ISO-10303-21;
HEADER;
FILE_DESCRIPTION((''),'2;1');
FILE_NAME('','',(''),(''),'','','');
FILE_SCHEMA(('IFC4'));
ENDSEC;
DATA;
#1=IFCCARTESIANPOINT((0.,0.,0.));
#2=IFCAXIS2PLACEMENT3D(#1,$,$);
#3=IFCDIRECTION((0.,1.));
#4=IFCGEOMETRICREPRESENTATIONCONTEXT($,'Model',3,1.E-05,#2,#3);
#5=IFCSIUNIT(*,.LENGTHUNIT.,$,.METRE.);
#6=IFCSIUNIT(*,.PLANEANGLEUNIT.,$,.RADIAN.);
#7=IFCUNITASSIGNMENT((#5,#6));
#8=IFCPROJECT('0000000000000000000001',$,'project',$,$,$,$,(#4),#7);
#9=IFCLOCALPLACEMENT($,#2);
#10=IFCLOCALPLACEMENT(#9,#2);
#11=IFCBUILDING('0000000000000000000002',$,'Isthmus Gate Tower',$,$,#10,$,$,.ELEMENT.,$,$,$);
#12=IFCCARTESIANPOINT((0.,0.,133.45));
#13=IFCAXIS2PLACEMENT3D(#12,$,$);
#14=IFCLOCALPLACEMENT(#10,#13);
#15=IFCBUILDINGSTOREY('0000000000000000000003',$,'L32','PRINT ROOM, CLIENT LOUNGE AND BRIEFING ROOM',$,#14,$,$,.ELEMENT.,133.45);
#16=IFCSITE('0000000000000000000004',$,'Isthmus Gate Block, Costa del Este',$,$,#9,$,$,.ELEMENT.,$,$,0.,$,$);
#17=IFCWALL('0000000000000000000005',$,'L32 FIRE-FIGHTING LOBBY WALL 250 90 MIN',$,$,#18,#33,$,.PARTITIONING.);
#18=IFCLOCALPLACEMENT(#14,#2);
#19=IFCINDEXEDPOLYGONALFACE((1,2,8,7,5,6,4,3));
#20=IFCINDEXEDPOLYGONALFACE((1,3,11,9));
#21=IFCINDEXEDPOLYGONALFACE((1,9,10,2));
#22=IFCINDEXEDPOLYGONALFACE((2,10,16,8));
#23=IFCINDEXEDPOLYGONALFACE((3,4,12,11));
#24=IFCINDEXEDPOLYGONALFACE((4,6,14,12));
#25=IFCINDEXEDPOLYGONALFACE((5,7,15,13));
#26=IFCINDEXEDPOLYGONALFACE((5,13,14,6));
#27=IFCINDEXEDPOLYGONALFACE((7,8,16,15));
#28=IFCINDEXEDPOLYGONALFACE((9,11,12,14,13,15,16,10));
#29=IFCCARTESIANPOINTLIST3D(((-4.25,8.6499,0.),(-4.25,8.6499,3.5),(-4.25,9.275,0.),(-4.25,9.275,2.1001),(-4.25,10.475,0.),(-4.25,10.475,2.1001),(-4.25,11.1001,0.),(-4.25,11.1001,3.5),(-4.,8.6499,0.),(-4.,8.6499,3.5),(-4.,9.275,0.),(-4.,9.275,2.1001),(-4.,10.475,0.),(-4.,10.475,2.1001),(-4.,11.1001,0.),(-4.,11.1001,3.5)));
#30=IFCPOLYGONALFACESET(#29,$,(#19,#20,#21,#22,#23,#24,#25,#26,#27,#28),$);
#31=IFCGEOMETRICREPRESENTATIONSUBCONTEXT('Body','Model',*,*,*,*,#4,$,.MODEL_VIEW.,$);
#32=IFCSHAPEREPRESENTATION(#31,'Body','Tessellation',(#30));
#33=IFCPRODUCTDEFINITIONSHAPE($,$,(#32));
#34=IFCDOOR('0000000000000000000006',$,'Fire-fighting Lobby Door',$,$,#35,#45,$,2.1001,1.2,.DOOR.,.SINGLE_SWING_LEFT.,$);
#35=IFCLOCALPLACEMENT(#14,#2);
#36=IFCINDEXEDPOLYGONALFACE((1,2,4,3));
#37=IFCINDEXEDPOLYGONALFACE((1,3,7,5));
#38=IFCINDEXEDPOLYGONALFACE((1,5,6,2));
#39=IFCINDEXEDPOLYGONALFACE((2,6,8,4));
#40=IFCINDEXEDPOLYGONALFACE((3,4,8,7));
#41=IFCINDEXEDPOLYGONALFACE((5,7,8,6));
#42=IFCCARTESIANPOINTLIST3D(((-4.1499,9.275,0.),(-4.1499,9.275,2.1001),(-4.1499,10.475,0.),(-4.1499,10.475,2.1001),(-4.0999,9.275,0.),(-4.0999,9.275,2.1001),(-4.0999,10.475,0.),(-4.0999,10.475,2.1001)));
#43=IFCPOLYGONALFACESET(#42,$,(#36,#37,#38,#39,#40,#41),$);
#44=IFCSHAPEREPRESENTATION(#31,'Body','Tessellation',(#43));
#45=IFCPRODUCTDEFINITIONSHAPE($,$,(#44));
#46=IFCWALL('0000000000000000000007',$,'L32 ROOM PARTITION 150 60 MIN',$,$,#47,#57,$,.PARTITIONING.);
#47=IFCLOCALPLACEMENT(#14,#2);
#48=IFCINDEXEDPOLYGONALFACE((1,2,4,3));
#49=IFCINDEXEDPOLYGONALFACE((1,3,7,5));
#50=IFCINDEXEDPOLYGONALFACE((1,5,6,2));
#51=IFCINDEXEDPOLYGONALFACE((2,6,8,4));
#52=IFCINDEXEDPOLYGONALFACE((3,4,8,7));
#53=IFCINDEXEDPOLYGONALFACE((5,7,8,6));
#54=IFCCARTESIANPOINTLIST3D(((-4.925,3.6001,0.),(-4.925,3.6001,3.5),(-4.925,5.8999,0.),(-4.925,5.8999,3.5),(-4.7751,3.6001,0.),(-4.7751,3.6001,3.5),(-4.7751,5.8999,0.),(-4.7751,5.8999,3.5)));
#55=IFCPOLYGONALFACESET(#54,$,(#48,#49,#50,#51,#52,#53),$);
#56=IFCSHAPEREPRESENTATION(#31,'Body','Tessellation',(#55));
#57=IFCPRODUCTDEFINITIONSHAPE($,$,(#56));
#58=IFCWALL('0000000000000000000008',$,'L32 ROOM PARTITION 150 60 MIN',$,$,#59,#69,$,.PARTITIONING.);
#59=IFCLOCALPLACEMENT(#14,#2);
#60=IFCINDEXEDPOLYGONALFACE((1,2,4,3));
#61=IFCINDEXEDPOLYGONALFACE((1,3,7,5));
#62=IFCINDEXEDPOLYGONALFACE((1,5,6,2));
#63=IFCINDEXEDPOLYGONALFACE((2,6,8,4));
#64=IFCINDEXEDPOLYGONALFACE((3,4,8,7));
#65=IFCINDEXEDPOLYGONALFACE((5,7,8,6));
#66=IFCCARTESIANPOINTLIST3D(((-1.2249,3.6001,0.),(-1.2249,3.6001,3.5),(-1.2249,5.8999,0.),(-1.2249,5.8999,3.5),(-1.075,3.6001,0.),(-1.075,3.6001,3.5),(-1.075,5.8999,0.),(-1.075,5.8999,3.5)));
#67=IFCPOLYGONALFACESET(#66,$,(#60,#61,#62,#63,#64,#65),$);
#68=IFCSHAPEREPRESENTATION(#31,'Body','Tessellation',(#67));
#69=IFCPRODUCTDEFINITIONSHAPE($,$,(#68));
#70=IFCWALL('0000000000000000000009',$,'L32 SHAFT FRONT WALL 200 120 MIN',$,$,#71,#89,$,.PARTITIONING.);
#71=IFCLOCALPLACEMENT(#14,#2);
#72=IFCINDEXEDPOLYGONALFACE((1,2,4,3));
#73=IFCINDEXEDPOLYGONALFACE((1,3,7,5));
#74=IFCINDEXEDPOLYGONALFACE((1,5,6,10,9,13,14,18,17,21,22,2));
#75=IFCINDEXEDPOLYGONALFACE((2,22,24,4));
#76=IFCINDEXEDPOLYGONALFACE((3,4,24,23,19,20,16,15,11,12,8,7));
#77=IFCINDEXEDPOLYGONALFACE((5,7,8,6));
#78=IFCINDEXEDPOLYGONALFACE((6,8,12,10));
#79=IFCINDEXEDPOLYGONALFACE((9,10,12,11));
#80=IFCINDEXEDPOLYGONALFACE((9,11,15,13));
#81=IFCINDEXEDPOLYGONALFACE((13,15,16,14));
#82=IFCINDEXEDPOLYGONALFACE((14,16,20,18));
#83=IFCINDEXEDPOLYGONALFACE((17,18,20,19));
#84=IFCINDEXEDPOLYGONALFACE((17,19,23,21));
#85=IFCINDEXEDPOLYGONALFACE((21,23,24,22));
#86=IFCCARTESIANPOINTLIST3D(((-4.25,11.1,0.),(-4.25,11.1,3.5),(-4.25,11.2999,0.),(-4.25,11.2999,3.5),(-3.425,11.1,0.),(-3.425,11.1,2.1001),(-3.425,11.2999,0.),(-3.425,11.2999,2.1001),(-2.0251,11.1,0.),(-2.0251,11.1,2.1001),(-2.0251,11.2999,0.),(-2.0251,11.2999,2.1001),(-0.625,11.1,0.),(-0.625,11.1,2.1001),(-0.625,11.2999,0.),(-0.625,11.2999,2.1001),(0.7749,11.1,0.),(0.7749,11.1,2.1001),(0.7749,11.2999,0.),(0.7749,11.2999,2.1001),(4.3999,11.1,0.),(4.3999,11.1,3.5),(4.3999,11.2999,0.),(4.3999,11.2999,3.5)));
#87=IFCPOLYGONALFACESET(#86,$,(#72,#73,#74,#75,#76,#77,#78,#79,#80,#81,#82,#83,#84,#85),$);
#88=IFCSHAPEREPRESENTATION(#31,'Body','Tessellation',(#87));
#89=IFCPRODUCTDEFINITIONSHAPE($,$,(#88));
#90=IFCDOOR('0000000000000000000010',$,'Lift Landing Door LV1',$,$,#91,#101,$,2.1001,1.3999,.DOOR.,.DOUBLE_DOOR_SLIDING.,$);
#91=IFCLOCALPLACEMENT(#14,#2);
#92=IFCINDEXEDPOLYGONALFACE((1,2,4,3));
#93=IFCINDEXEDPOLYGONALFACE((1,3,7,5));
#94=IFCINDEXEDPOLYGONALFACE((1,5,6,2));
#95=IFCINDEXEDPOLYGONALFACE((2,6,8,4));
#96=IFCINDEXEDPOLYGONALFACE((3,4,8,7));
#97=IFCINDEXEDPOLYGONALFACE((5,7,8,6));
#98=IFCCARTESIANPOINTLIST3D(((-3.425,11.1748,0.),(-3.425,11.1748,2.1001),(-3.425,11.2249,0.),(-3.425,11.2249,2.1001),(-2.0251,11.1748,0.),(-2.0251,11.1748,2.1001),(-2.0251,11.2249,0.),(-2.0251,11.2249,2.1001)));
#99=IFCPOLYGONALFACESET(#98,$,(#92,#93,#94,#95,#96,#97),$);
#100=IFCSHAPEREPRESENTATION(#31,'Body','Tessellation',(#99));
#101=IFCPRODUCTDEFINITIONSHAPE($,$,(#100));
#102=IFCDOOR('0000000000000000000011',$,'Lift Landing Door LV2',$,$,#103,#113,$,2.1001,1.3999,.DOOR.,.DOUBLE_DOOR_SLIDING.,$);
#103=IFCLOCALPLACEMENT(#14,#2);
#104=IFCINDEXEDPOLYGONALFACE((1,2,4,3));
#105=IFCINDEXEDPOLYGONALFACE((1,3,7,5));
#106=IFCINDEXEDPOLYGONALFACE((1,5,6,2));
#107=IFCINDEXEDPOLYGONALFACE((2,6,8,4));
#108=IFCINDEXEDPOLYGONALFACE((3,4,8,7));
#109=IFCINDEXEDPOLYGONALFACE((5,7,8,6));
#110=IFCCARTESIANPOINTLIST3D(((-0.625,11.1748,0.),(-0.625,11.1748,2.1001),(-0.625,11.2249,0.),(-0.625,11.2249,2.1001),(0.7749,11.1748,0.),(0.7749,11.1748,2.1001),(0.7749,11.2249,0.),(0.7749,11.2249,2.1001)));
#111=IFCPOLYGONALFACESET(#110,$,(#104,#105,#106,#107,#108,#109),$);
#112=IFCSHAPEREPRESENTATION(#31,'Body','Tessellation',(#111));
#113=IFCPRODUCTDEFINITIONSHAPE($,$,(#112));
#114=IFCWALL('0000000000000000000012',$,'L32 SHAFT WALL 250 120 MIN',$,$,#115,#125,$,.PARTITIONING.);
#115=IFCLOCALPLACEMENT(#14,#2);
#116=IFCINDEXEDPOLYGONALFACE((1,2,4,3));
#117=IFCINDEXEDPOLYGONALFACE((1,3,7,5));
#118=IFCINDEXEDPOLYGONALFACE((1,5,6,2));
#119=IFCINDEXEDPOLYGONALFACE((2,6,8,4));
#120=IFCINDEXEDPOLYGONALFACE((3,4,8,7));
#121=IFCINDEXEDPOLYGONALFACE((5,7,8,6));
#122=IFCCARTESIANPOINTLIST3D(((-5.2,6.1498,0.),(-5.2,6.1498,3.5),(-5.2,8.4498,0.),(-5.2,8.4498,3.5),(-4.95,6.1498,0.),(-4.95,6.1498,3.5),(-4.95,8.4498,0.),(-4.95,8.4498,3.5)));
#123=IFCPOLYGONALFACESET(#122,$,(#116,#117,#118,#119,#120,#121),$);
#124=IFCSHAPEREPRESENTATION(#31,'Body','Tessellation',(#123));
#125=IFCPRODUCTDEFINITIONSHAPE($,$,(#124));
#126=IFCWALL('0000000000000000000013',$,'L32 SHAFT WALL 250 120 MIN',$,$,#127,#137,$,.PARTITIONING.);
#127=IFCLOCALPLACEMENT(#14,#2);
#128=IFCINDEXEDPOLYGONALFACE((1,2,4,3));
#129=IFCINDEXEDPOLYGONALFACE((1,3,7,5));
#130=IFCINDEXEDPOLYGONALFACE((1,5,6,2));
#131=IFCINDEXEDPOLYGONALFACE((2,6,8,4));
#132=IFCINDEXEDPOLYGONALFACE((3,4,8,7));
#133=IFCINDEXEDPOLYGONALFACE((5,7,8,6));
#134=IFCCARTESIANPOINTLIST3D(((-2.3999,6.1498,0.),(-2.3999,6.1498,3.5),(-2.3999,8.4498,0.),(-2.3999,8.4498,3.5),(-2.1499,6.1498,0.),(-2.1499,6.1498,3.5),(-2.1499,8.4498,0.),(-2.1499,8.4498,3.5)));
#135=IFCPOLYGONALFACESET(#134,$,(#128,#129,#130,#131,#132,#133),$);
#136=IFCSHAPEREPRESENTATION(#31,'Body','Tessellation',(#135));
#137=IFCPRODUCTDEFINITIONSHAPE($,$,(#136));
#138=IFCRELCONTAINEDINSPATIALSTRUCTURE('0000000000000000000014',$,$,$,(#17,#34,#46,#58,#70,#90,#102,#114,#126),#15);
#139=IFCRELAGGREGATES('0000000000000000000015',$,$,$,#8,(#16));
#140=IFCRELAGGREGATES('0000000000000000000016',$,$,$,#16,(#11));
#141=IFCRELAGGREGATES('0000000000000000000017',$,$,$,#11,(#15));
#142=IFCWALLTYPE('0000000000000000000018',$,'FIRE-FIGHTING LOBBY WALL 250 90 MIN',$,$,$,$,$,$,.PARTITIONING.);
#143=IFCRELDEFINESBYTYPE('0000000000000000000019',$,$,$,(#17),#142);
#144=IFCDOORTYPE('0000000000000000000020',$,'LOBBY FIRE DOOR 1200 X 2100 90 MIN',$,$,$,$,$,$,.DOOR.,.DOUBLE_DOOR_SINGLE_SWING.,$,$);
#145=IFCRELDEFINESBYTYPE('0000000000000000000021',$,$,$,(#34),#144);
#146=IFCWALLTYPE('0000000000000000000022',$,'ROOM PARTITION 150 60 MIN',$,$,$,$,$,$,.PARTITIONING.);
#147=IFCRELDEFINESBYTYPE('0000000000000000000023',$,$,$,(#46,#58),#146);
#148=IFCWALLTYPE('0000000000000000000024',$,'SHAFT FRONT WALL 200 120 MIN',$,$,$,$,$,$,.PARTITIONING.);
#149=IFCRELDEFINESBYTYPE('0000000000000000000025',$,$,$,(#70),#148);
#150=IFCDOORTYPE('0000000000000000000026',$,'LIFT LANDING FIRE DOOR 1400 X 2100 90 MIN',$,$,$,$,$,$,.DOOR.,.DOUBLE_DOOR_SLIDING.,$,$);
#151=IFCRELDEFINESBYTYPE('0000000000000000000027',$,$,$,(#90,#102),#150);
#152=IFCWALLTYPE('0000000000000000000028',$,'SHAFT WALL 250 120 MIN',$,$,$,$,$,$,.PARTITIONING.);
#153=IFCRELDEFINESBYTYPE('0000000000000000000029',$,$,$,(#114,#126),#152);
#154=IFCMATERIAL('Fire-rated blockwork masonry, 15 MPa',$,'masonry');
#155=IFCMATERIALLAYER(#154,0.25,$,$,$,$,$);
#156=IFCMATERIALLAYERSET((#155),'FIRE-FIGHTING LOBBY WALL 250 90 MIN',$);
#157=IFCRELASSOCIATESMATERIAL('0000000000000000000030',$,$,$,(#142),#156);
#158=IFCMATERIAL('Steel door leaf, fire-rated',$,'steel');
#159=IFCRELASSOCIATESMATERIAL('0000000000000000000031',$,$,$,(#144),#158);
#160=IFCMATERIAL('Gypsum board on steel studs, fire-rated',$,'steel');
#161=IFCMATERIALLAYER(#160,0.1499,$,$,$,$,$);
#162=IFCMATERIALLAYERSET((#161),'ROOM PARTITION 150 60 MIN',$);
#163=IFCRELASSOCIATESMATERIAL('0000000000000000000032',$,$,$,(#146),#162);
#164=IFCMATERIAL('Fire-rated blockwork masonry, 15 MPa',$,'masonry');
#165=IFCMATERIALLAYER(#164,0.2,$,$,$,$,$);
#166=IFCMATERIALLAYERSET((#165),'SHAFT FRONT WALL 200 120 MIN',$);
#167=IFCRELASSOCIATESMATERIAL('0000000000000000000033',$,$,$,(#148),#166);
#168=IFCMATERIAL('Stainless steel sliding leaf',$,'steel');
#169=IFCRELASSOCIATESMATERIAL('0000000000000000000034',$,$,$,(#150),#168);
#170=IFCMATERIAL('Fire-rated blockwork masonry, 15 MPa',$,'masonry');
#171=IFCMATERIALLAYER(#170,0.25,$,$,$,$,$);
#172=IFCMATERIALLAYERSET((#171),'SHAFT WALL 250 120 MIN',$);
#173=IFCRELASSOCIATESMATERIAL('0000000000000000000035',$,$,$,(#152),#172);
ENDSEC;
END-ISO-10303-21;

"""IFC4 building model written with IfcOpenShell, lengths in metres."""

from ifc_helpers import new_model, si_unit, direction, frame, frame_2d, origin, place, context, subcontext, project, spatial, rectangle, extrude, material, layer, layer_set, type_object, element, fill, save


model = new_model("IFC4")

# Units and contexts
model_context = context("Model", 3, precision=1e-05, world=origin(), true_north=direction((0.0, 1.0)))
body_context = subcontext(model_context, "Body", "Model", "MODEL_VIEW")
ifc_project = project(units=[si_unit("LENGTHUNIT", "METRE"), si_unit("PLANEANGLEUNIT", "RADIAN")], contexts=[model_context])

# Site, building, storey
site_placement = place(None, origin())
site = spatial("IfcSite", under=ifc_project, at=site_placement, Name="Isthmus Gate Block, Costa del Este", CompositionType="ELEMENT", RefElevation=0.0)
building_placement = place(site_placement, origin())
building = spatial("IfcBuilding", under=site, at=building_placement, Name="Isthmus Gate Tower", CompositionType="ELEMENT")
storey_placement = place(building_placement, frame((0.0, 0.0, 133.45)))
storey = spatial("IfcBuildingStorey", under=building, at=storey_placement, Name="L32", Description="PRINT ROOM, CLIENT LOUNGE AND BRIEFING ROOM", CompositionType="ELEMENT", Elevation=133.45)

# Wall, opening, door
ifc_material_1 = material(Name="Fire-rated blockwork masonry, 15 MPa", Category="masonry")
ifc_layer_1 = layer(ifc_material_1, 0.25)
ifc_layer_set_1 = layer_set([ifc_layer_1], Name="FIRE-FIGHTING LOBBY WALL 250 90 MIN")
wall_type_1 = type_object("IfcWallType", Name="FIRE-FIGHTING LOBBY WALL 250 90 MIN", PredefinedType="PARTITIONING", material=ifc_layer_set_1)
wall_1_placement = place(storey_placement, frame((-4.125, 8.6499, 0.0), z_axis=(0.0, 0.0, 1.0), x_axis=(0.0, 1.0, 0.0)))
wall_1 = element("IfcWall", 1, at=wall_1_placement, inside=storey, type_object=wall_type_1, Name="L32 FIRE-FIGHTING LOBBY WALL 250 90 MIN", PredefinedType="PARTITIONING", context=body_context, shape_type="SweptSolid", body=[
    extrude(rectangle(XDim=2.4502, YDim=0.25, at=frame_2d((1.2251, 0.0))), origin(), (0.0, 0.0, 1.0), 3.5),
])
opening_1_placement = place(wall_1_placement, frame((0.625, 0.0, 0.0)))
opening_1 = element("IfcOpeningElement", 2, at=opening_1_placement, cuts=wall_1, PredefinedType="OPENING", context=body_context, shape_type="SweptSolid", body=[
    extrude(rectangle(XDim=1.2, YDim=2.1001, at=frame_2d((0.6001, 1.05))), frame((0.0, 0.135, 0.0), z_axis=(0.0, -1.0, 0.0), x_axis=(1.0, 0.0, 0.0)), (0.0, 0.0, 1.0), 0.27),
])
ifc_material_2 = material(Name="Steel door leaf, fire-rated", Category="steel")
door_type_1 = type_object("IfcDoorType", Name="LOBBY FIRE DOOR 1200 X 2100 90 MIN", OperationType="DOUBLE_DOOR_SINGLE_SWING", PredefinedType="DOOR", material=ifc_material_2)
door_1_placement = place(opening_1_placement, origin())
door_1 = element("IfcDoor", 3, at=door_1_placement, inside=storey, type_object=door_type_1, Name="Fire-fighting Lobby Door", OperationType="SINGLE_SWING_LEFT", OverallHeight=2.1001, OverallWidth=1.2, PredefinedType="DOOR", context=body_context, shape_type="SweptSolid", body=[
    extrude(rectangle(XDim=1.2, YDim=2.1001, at=frame_2d((0.6001, 1.05))), frame((0.0, 0.0249, 0.0), z_axis=(0.0, -1.0, 0.0), x_axis=(1.0, 0.0, 0.0)), (0.0, 0.0, 1.0), 0.05),
])
fill(opening_1, door_1)

# Walls
ifc_material_3 = material(Name="Gypsum board on steel studs, fire-rated", Category="steel")
ifc_layer_2 = layer(ifc_material_3, 0.1499)
ifc_layer_set_2 = layer_set([ifc_layer_2], Name="ROOM PARTITION 150 60 MIN")
wall_type_2 = type_object("IfcWallType", Name="ROOM PARTITION 150 60 MIN", PredefinedType="PARTITIONING", material=ifc_layer_set_2)
for number, where, z_axis, x_axis, name in (
    (4, (-4.8501, 3.6001, 0.0), (0.0, 0.0, 1.0), (0.0, 1.0, 0.0), "L32 ROOM PARTITION 150 60 MIN"),
    (5, (-1.1499, 3.6001, 0.0), (0.0, 0.0, 1.0), (0.0, 1.0, 0.0), "L32 ROOM PARTITION 150 60 MIN"),
):
    element("IfcWall", number, at=place(storey_placement, frame(where, z_axis=z_axis, x_axis=x_axis)), inside=storey, type_object=wall_type_2, Name=name, PredefinedType="PARTITIONING", context=body_context, shape_type="SweptSolid", body=[
        extrude(rectangle(XDim=2.2998, YDim=0.1499, at=frame_2d((1.1499, 0.0))), origin(), (0.0, 0.0, 1.0), 3.5),
    ])

# Wall, openings, doors
ifc_material_4 = material(Name="Fire-rated blockwork masonry, 15 MPa", Category="masonry")
ifc_layer_3 = layer(ifc_material_4, 0.2)
ifc_layer_set_3 = layer_set([ifc_layer_3], Name="SHAFT FRONT WALL 200 120 MIN")
wall_type_3 = type_object("IfcWallType", Name="SHAFT FRONT WALL 200 120 MIN", PredefinedType="PARTITIONING", material=ifc_layer_set_3)
wall_2_placement = place(storey_placement, frame((-4.25, 11.2, 0.0), z_axis=(0.0, 0.0, 1.0), x_axis=(1.0, 0.0, 0.0)))
wall_2 = element("IfcWall", 6, at=wall_2_placement, inside=storey, type_object=wall_type_3, Name="L32 SHAFT FRONT WALL 200 120 MIN", PredefinedType="PARTITIONING", context=body_context, shape_type="SweptSolid", body=[
    extrude(rectangle(XDim=8.6499, YDim=0.2, at=frame_2d((4.325, 0.0))), origin(), (0.0, 0.0, 1.0), 3.5),
])
opening_2_placement = place(wall_2_placement, frame((0.825, 0.0, 0.0)))
opening_2 = element("IfcOpeningElement", 7, at=opening_2_placement, cuts=wall_2, PredefinedType="OPENING", context=body_context, shape_type="SweptSolid", body=[
    extrude(rectangle(XDim=1.3999, YDim=2.1001, at=frame_2d((0.7, 1.05))), frame((0.0, 0.1099, 0.0), z_axis=(0.0, -1.0, 0.0), x_axis=(1.0, 0.0, 0.0)), (0.0, 0.0, 1.0), 0.22),
])
opening_3_placement = place(wall_2_placement, frame((3.625, 0.0, 0.0)))
opening_3 = element("IfcOpeningElement", 8, at=opening_3_placement, cuts=wall_2, PredefinedType="OPENING", context=body_context, shape_type="SweptSolid", body=[
    extrude(rectangle(XDim=1.3999, YDim=2.1001, at=frame_2d((0.7, 1.05))), frame((0.0, 0.1099, 0.0), z_axis=(0.0, -1.0, 0.0), x_axis=(1.0, 0.0, 0.0)), (0.0, 0.0, 1.0), 0.22),
])
ifc_material_5 = material(Name="Stainless steel sliding leaf", Category="steel")
door_type_2 = type_object("IfcDoorType", Name="LIFT LANDING FIRE DOOR 1400 X 2100 90 MIN", OperationType="DOUBLE_DOOR_SLIDING", PredefinedType="DOOR", material=ifc_material_5)
door_2_placement = place(opening_2_placement, origin())
door_2 = element("IfcDoor", 9, at=door_2_placement, inside=storey, type_object=door_type_2, Name="Lift Landing Door LV1", OperationType="DOUBLE_DOOR_SLIDING", OverallHeight=2.1001, OverallWidth=1.3999, PredefinedType="DOOR", context=body_context, shape_type="SweptSolid", body=[
    extrude(rectangle(XDim=1.3999, YDim=2.1001, at=frame_2d((0.7, 1.05))), frame((0.0, 0.0249, 0.0), z_axis=(0.0, -1.0, 0.0), x_axis=(1.0, 0.0, 0.0)), (0.0, 0.0, 1.0), 0.05),
])
fill(opening_2, door_2)
door_3_placement = place(opening_3_placement, origin())
door_3 = element("IfcDoor", 10, at=door_3_placement, inside=storey, type_object=door_type_2, Name="Lift Landing Door LV2", OperationType="DOUBLE_DOOR_SLIDING", OverallHeight=2.1001, OverallWidth=1.3999, PredefinedType="DOOR", context=body_context, shape_type="SweptSolid", body=[
    extrude(rectangle(XDim=1.3999, YDim=2.1001, at=frame_2d((0.7, 1.05))), frame((0.0, 0.0249, 0.0), z_axis=(0.0, -1.0, 0.0), x_axis=(1.0, 0.0, 0.0)), (0.0, 0.0, 1.0), 0.05),
])
fill(opening_3, door_3)

# Walls
ifc_material_6 = material(Name="Fire-rated blockwork masonry, 15 MPa", Category="masonry")
ifc_layer_4 = layer(ifc_material_6, 0.25)
ifc_layer_set_4 = layer_set([ifc_layer_4], Name="SHAFT WALL 250 120 MIN")
wall_type_4 = type_object("IfcWallType", Name="SHAFT WALL 250 120 MIN", PredefinedType="PARTITIONING", material=ifc_layer_set_4)
for number, where, z_axis, x_axis, name in (
    (11, (-5.075, 6.1499, 0.0), (0.0, 0.0, 1.0), (0.0, 1.0, 0.0), "L32 SHAFT WALL 250 120 MIN"),
    (12, (-2.2749, 6.1499, 0.0), (0.0, 0.0, 1.0), (0.0, 1.0, 0.0), "L32 SHAFT WALL 250 120 MIN"),
):
    element("IfcWall", number, at=place(storey_placement, frame(where, z_axis=z_axis, x_axis=x_axis)), inside=storey, type_object=wall_type_4, Name=name, PredefinedType="PARTITIONING", context=body_context, shape_type="SweptSolid", body=[
        extrude(rectangle(XDim=2.3, YDim=0.25, at=frame_2d((1.1499, 0.0))), origin(), (0.0, 0.0, 1.0), 3.5),
    ])

save(model, "model.ifc")
